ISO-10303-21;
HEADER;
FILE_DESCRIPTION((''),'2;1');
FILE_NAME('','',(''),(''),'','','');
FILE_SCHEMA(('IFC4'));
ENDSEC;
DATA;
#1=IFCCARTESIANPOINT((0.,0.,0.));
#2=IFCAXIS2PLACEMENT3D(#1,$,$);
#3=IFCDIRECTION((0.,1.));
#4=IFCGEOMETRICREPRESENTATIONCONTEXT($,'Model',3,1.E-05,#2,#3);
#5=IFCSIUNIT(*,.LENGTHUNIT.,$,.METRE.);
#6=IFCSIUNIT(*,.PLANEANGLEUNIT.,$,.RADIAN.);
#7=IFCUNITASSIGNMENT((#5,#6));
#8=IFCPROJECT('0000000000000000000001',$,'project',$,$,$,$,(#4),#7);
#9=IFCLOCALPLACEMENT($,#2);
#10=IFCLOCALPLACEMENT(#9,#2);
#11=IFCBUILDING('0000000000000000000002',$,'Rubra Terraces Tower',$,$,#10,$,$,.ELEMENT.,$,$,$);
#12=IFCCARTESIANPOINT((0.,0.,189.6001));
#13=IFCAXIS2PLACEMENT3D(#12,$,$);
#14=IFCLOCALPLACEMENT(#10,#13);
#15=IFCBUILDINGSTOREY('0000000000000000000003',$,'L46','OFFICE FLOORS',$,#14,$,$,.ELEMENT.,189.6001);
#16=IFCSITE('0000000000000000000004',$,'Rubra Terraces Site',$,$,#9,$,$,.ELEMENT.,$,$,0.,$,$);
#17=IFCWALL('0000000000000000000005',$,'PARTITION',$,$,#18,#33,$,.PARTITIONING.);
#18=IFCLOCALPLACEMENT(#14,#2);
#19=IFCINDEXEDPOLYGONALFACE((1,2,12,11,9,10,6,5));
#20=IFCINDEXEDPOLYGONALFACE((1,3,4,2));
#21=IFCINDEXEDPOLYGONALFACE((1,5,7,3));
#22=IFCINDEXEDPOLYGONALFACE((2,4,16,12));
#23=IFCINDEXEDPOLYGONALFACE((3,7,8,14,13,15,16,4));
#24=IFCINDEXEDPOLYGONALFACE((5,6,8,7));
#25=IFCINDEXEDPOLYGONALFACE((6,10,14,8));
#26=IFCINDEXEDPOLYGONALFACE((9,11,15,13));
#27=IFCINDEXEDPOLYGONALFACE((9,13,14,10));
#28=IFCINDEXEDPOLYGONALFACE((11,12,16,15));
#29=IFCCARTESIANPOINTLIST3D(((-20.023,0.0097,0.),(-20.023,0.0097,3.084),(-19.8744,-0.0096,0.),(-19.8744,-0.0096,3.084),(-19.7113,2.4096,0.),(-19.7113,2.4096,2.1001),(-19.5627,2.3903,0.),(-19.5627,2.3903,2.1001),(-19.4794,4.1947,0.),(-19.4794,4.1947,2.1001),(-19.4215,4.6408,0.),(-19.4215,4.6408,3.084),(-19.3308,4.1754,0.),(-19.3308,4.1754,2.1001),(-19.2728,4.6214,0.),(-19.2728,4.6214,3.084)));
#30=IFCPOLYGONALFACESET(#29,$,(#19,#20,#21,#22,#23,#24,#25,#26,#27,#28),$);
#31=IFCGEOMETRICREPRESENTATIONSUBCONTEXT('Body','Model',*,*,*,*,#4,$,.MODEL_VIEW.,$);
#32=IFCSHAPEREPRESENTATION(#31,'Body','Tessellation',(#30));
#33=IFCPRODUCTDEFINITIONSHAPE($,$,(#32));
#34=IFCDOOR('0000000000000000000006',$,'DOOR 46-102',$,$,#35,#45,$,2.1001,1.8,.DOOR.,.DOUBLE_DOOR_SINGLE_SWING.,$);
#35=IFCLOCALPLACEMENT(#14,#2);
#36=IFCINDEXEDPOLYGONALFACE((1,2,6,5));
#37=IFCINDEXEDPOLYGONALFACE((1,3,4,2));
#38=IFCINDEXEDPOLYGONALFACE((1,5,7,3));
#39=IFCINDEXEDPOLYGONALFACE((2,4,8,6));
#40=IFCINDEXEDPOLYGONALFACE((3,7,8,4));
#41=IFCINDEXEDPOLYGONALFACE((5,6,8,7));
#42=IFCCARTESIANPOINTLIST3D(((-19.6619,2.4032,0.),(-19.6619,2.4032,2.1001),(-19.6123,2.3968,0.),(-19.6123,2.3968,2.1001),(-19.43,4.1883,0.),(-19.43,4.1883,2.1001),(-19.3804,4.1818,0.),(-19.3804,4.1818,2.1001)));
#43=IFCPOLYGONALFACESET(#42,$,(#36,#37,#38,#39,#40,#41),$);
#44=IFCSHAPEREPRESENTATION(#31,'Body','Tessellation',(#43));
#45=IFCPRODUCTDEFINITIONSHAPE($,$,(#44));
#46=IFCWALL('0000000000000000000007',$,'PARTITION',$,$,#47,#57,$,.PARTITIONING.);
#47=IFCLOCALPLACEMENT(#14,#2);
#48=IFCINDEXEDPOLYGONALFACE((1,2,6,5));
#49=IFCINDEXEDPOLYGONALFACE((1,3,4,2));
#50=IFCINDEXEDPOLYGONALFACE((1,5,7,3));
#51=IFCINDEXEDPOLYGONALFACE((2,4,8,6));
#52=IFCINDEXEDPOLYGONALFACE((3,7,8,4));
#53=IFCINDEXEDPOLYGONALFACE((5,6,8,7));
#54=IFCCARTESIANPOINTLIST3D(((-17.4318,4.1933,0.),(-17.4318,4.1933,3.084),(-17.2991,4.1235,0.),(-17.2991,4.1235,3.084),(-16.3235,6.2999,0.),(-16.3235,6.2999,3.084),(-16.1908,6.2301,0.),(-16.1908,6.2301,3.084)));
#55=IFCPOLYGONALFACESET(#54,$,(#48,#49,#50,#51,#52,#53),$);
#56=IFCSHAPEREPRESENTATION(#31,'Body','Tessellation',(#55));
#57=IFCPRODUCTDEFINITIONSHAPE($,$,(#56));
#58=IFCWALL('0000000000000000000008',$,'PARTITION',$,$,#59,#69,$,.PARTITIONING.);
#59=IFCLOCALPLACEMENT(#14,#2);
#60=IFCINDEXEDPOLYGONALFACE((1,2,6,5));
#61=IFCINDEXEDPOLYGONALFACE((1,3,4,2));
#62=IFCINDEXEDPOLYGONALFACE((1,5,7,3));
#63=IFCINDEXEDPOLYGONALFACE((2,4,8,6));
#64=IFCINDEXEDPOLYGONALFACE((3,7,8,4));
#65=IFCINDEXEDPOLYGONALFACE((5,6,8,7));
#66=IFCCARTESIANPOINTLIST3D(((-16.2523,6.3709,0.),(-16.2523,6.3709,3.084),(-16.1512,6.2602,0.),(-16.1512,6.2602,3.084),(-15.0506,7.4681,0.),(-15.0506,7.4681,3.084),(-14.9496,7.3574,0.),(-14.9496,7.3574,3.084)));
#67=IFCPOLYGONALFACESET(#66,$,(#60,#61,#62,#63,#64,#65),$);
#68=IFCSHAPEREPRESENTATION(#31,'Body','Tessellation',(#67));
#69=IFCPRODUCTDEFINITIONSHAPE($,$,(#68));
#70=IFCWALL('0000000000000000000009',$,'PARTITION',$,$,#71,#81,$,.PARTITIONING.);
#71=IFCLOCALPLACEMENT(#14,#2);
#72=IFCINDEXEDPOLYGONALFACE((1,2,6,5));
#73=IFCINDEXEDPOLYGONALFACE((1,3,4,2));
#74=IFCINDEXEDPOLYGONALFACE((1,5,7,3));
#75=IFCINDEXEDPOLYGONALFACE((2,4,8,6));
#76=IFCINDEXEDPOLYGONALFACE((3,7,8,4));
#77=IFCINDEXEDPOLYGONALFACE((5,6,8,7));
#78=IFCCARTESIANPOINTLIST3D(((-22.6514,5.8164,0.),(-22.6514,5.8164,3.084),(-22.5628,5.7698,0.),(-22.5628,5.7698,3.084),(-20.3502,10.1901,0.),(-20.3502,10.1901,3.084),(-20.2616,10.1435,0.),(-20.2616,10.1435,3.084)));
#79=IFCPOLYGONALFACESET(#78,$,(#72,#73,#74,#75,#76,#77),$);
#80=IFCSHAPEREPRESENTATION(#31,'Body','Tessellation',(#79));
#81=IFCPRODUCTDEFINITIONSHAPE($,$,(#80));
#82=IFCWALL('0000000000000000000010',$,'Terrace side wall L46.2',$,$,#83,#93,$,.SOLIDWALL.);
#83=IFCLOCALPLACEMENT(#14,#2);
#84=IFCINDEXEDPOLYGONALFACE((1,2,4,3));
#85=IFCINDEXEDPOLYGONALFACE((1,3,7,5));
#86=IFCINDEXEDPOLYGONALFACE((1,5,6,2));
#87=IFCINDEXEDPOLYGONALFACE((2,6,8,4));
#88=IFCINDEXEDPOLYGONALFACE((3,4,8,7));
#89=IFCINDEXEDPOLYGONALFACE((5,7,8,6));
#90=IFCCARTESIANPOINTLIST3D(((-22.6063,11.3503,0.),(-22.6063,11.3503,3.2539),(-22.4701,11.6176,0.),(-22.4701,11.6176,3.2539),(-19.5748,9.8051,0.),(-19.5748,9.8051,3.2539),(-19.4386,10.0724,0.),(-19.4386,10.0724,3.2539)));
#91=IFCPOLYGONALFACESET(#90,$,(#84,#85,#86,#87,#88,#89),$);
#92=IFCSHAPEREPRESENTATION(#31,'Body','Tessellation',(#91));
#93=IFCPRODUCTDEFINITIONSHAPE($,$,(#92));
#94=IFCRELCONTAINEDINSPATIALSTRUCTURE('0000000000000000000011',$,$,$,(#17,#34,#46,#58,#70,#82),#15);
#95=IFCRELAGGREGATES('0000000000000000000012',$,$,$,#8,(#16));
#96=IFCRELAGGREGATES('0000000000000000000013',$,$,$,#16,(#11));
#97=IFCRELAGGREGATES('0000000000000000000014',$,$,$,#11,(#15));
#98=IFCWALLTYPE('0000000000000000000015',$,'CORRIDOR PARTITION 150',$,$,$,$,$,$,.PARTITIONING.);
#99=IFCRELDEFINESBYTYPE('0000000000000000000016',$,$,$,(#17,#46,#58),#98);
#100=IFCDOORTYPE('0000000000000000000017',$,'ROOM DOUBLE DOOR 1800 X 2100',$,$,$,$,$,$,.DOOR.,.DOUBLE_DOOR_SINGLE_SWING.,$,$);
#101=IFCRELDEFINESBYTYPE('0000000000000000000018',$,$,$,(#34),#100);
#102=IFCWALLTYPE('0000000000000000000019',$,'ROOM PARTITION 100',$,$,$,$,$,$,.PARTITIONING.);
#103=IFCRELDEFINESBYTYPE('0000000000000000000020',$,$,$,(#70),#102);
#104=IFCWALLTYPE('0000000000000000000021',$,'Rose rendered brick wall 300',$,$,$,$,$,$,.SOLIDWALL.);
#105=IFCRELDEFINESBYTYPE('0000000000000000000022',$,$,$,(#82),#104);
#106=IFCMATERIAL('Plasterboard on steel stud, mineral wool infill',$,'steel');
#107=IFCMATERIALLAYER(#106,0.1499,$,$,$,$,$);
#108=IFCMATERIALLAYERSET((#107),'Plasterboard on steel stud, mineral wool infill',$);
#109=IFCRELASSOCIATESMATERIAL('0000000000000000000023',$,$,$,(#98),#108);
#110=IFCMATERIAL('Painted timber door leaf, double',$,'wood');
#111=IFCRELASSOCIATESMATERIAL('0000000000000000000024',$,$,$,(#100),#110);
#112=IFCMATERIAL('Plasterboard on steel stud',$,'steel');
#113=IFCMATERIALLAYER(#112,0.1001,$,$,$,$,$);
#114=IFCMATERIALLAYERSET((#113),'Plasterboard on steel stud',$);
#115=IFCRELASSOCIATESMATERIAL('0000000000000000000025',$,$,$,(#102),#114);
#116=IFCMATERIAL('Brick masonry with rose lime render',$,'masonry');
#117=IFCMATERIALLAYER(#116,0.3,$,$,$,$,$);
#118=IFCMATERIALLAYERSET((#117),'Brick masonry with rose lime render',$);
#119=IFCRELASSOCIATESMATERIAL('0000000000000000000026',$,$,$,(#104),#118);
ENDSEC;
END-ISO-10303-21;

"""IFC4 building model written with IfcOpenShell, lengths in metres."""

from ifc_helpers import new_model, si_unit, direction, frame, frame_2d, origin, place, context, subcontext, project, spatial, rectangle, extrude, material, layer, layer_set, type_object, element, fill, save


model = new_model("IFC4")

# Units and contexts
model_context = context("Model", 3, precision=1e-05, world=origin(), true_north=direction((0.0, 1.0)))
body_context = subcontext(model_context, "Body", "Model", "MODEL_VIEW")
ifc_project = project(units=[si_unit("LENGTHUNIT", "METRE"), si_unit("PLANEANGLEUNIT", "RADIAN")], contexts=[model_context])

# Site, building, storey
site_placement = place(None, origin())
site = spatial("IfcSite", under=ifc_project, at=site_placement, Name="Rubra Terraces Site", CompositionType="ELEMENT", RefElevation=0.0)
building_placement = place(site_placement, origin())
building = spatial("IfcBuilding", under=site, at=building_placement, Name="Rubra Terraces Tower", CompositionType="ELEMENT")
storey_placement = place(building_placement, frame((0.0, 0.0, 189.6001)))
storey = spatial("IfcBuildingStorey", under=building, at=storey_placement, Name="L46", Description="OFFICE FLOORS", CompositionType="ELEMENT", Elevation=189.6001)

# Shared definitions
ifc_material_1 = material(Name="Plasterboard on steel stud, mineral wool infill", Category="steel")
ifc_layer_1 = layer(ifc_material_1, 0.1499)
ifc_layer_set_1 = layer_set([ifc_layer_1], Name="Plasterboard on steel stud, mineral wool infill")
wall_type_1 = type_object("IfcWallType", Name="CORRIDOR PARTITION 150", PredefinedType="PARTITIONING", material=ifc_layer_set_1)

# Wall, opening, door
wall_1_placement = place(storey_placement, frame((-19.3472, 4.6311, 0.0), z_axis=(0.0, 0.0, 1.0), x_axis=(-0.128814, -0.991669, 0.0)))
wall_1 = element("IfcWall", 1, at=wall_1_placement, inside=storey, type_object=wall_type_1, Name="PARTITION", PredefinedType="PARTITIONING", context=body_context, shape_type="SweptSolid", body=[
    extrude(rectangle(XDim=4.6699, YDim=0.1499, at=frame_2d((2.335, 0.0))), origin(), (0.0, 0.0, 1.0), 3.084),
])
opening_1_placement = place(wall_1_placement, frame((0.45, 0.0, 0.0)))
opening_1 = element("IfcOpeningElement", 2, at=opening_1_placement, cuts=wall_1, PredefinedType="OPENING", context=body_context, shape_type="SweptSolid", body=[
    extrude(rectangle(XDim=1.8, YDim=2.1001, at=frame_2d((0.8999, 1.05))), frame((0.0, 0.085, 0.0), z_axis=(0.0, -1.0, 0.0), x_axis=(1.0, 0.0, 0.0)), (0.0, 0.0, 1.0), 0.1699),
])
ifc_material_2 = material(Name="Painted timber door leaf, double", Category="wood")
door_type_1 = type_object("IfcDoorType", Name="ROOM DOUBLE DOOR 1800 X 2100", OperationType="DOUBLE_DOOR_SINGLE_SWING", PredefinedType="DOOR", material=ifc_material_2)
door_1_placement = place(opening_1_placement, origin())
door_1 = element("IfcDoor", 3, at=door_1_placement, inside=storey, type_object=door_type_1, Name="DOOR 46-102", OperationType="DOUBLE_DOOR_SINGLE_SWING", OverallHeight=2.1001, OverallWidth=1.8, PredefinedType="DOOR", context=body_context, shape_type="SweptSolid", body=[
    extrude(rectangle(XDim=1.8, YDim=2.1001, at=frame_2d((0.8999, 1.05))), frame((0.0, 0.0249, 0.0), z_axis=(0.0, -1.0, 0.0), x_axis=(1.0, 0.0, 0.0)), (0.0, 0.0, 1.0), 0.05),
])
fill(opening_1, door_1)

# Walls
wall_2_placement = place(storey_placement, frame((-17.3655, 4.1584, 0.0), z_axis=(0.0, 0.0, 1.0), x_axis=(0.46562, 0.884985, 0.0)))
element("IfcWall", 4, at=wall_2_placement, inside=storey, type_object=wall_type_1, Name="PARTITION", PredefinedType="PARTITIONING", context=body_context, shape_type="SweptSolid", body=[
    extrude(rectangle(XDim=2.3804, YDim=0.1499, at=frame_2d((1.1902, 0.0))), origin(), (0.0, 0.0, 1.0), 3.084),
])
wall_3_placement = place(storey_placement, frame((-16.2017, 6.3157, 0.0), z_axis=(0.0, 0.0, 1.0), x_axis=(0.738485, 0.674269, 0.0)))
element("IfcWall", 5, at=wall_3_placement, inside=storey, type_object=wall_type_1, Name="PARTITION", PredefinedType="PARTITIONING", context=body_context, shape_type="SweptSolid", body=[
    extrude(rectangle(XDim=1.6272, YDim=0.1499, at=frame_2d((0.8135, 0.0))), origin(), (0.0, 0.0, 1.0), 3.084),
])

# Walls
ifc_material_3 = material(Name="Plasterboard on steel stud", Category="steel")
ifc_layer_2 = layer(ifc_material_3, 0.1001)
ifc_layer_set_2 = layer_set([ifc_layer_2], Name="Plasterboard on steel stud")
wall_type_2 = type_object("IfcWallType", Name="ROOM PARTITION 100", PredefinedType="PARTITIONING", material=ifc_layer_set_2)
wall_4_placement = place(storey_placement, frame((-22.6072, 5.793, 0.0), z_axis=(0.0, 0.0, 1.0), x_axis=(0.465632, 0.884978, 0.0)))
element("IfcWall", 6, at=wall_4_placement, inside=storey, type_object=wall_type_2, Name="PARTITION", PredefinedType="PARTITIONING", context=body_context, shape_type="SweptSolid", body=[
    extrude(rectangle(XDim=4.9421, YDim=0.1001, at=frame_2d((2.4712, 0.0))), origin(), (0.0, 0.0, 1.0), 3.084),
])
ifc_material_4 = material(Name="Brick masonry with rose lime render", Category="masonry")
ifc_layer_3 = layer(ifc_material_4, 0.3)
ifc_layer_set_3 = layer_set([ifc_layer_3], Name="Brick masonry with rose lime render")
wall_type_3 = type_object("IfcWallType", Name="Rose rendered brick wall 300", PredefinedType="SOLIDWALL", material=ifc_layer_set_3)
wall_5_placement = place(storey_placement, frame((-22.5381, 11.4839, 0.0), z_axis=(0.0, 0.0, 1.0), x_axis=(0.890942, -0.454117, 0.0)))
element("IfcWall", 7, at=wall_5_placement, inside=storey, type_object=wall_type_3, Name="Terrace side wall L46.2", PredefinedType="SOLIDWALL", context=body_context, shape_type="SweptSolid", body=[
    extrude(rectangle(XDim=3.4026, YDim=0.3, at=frame_2d((1.7012, 0.0))), origin(), (0.0, 0.0, 1.0), 3.2539),
])

save(model, "model.ifc")
